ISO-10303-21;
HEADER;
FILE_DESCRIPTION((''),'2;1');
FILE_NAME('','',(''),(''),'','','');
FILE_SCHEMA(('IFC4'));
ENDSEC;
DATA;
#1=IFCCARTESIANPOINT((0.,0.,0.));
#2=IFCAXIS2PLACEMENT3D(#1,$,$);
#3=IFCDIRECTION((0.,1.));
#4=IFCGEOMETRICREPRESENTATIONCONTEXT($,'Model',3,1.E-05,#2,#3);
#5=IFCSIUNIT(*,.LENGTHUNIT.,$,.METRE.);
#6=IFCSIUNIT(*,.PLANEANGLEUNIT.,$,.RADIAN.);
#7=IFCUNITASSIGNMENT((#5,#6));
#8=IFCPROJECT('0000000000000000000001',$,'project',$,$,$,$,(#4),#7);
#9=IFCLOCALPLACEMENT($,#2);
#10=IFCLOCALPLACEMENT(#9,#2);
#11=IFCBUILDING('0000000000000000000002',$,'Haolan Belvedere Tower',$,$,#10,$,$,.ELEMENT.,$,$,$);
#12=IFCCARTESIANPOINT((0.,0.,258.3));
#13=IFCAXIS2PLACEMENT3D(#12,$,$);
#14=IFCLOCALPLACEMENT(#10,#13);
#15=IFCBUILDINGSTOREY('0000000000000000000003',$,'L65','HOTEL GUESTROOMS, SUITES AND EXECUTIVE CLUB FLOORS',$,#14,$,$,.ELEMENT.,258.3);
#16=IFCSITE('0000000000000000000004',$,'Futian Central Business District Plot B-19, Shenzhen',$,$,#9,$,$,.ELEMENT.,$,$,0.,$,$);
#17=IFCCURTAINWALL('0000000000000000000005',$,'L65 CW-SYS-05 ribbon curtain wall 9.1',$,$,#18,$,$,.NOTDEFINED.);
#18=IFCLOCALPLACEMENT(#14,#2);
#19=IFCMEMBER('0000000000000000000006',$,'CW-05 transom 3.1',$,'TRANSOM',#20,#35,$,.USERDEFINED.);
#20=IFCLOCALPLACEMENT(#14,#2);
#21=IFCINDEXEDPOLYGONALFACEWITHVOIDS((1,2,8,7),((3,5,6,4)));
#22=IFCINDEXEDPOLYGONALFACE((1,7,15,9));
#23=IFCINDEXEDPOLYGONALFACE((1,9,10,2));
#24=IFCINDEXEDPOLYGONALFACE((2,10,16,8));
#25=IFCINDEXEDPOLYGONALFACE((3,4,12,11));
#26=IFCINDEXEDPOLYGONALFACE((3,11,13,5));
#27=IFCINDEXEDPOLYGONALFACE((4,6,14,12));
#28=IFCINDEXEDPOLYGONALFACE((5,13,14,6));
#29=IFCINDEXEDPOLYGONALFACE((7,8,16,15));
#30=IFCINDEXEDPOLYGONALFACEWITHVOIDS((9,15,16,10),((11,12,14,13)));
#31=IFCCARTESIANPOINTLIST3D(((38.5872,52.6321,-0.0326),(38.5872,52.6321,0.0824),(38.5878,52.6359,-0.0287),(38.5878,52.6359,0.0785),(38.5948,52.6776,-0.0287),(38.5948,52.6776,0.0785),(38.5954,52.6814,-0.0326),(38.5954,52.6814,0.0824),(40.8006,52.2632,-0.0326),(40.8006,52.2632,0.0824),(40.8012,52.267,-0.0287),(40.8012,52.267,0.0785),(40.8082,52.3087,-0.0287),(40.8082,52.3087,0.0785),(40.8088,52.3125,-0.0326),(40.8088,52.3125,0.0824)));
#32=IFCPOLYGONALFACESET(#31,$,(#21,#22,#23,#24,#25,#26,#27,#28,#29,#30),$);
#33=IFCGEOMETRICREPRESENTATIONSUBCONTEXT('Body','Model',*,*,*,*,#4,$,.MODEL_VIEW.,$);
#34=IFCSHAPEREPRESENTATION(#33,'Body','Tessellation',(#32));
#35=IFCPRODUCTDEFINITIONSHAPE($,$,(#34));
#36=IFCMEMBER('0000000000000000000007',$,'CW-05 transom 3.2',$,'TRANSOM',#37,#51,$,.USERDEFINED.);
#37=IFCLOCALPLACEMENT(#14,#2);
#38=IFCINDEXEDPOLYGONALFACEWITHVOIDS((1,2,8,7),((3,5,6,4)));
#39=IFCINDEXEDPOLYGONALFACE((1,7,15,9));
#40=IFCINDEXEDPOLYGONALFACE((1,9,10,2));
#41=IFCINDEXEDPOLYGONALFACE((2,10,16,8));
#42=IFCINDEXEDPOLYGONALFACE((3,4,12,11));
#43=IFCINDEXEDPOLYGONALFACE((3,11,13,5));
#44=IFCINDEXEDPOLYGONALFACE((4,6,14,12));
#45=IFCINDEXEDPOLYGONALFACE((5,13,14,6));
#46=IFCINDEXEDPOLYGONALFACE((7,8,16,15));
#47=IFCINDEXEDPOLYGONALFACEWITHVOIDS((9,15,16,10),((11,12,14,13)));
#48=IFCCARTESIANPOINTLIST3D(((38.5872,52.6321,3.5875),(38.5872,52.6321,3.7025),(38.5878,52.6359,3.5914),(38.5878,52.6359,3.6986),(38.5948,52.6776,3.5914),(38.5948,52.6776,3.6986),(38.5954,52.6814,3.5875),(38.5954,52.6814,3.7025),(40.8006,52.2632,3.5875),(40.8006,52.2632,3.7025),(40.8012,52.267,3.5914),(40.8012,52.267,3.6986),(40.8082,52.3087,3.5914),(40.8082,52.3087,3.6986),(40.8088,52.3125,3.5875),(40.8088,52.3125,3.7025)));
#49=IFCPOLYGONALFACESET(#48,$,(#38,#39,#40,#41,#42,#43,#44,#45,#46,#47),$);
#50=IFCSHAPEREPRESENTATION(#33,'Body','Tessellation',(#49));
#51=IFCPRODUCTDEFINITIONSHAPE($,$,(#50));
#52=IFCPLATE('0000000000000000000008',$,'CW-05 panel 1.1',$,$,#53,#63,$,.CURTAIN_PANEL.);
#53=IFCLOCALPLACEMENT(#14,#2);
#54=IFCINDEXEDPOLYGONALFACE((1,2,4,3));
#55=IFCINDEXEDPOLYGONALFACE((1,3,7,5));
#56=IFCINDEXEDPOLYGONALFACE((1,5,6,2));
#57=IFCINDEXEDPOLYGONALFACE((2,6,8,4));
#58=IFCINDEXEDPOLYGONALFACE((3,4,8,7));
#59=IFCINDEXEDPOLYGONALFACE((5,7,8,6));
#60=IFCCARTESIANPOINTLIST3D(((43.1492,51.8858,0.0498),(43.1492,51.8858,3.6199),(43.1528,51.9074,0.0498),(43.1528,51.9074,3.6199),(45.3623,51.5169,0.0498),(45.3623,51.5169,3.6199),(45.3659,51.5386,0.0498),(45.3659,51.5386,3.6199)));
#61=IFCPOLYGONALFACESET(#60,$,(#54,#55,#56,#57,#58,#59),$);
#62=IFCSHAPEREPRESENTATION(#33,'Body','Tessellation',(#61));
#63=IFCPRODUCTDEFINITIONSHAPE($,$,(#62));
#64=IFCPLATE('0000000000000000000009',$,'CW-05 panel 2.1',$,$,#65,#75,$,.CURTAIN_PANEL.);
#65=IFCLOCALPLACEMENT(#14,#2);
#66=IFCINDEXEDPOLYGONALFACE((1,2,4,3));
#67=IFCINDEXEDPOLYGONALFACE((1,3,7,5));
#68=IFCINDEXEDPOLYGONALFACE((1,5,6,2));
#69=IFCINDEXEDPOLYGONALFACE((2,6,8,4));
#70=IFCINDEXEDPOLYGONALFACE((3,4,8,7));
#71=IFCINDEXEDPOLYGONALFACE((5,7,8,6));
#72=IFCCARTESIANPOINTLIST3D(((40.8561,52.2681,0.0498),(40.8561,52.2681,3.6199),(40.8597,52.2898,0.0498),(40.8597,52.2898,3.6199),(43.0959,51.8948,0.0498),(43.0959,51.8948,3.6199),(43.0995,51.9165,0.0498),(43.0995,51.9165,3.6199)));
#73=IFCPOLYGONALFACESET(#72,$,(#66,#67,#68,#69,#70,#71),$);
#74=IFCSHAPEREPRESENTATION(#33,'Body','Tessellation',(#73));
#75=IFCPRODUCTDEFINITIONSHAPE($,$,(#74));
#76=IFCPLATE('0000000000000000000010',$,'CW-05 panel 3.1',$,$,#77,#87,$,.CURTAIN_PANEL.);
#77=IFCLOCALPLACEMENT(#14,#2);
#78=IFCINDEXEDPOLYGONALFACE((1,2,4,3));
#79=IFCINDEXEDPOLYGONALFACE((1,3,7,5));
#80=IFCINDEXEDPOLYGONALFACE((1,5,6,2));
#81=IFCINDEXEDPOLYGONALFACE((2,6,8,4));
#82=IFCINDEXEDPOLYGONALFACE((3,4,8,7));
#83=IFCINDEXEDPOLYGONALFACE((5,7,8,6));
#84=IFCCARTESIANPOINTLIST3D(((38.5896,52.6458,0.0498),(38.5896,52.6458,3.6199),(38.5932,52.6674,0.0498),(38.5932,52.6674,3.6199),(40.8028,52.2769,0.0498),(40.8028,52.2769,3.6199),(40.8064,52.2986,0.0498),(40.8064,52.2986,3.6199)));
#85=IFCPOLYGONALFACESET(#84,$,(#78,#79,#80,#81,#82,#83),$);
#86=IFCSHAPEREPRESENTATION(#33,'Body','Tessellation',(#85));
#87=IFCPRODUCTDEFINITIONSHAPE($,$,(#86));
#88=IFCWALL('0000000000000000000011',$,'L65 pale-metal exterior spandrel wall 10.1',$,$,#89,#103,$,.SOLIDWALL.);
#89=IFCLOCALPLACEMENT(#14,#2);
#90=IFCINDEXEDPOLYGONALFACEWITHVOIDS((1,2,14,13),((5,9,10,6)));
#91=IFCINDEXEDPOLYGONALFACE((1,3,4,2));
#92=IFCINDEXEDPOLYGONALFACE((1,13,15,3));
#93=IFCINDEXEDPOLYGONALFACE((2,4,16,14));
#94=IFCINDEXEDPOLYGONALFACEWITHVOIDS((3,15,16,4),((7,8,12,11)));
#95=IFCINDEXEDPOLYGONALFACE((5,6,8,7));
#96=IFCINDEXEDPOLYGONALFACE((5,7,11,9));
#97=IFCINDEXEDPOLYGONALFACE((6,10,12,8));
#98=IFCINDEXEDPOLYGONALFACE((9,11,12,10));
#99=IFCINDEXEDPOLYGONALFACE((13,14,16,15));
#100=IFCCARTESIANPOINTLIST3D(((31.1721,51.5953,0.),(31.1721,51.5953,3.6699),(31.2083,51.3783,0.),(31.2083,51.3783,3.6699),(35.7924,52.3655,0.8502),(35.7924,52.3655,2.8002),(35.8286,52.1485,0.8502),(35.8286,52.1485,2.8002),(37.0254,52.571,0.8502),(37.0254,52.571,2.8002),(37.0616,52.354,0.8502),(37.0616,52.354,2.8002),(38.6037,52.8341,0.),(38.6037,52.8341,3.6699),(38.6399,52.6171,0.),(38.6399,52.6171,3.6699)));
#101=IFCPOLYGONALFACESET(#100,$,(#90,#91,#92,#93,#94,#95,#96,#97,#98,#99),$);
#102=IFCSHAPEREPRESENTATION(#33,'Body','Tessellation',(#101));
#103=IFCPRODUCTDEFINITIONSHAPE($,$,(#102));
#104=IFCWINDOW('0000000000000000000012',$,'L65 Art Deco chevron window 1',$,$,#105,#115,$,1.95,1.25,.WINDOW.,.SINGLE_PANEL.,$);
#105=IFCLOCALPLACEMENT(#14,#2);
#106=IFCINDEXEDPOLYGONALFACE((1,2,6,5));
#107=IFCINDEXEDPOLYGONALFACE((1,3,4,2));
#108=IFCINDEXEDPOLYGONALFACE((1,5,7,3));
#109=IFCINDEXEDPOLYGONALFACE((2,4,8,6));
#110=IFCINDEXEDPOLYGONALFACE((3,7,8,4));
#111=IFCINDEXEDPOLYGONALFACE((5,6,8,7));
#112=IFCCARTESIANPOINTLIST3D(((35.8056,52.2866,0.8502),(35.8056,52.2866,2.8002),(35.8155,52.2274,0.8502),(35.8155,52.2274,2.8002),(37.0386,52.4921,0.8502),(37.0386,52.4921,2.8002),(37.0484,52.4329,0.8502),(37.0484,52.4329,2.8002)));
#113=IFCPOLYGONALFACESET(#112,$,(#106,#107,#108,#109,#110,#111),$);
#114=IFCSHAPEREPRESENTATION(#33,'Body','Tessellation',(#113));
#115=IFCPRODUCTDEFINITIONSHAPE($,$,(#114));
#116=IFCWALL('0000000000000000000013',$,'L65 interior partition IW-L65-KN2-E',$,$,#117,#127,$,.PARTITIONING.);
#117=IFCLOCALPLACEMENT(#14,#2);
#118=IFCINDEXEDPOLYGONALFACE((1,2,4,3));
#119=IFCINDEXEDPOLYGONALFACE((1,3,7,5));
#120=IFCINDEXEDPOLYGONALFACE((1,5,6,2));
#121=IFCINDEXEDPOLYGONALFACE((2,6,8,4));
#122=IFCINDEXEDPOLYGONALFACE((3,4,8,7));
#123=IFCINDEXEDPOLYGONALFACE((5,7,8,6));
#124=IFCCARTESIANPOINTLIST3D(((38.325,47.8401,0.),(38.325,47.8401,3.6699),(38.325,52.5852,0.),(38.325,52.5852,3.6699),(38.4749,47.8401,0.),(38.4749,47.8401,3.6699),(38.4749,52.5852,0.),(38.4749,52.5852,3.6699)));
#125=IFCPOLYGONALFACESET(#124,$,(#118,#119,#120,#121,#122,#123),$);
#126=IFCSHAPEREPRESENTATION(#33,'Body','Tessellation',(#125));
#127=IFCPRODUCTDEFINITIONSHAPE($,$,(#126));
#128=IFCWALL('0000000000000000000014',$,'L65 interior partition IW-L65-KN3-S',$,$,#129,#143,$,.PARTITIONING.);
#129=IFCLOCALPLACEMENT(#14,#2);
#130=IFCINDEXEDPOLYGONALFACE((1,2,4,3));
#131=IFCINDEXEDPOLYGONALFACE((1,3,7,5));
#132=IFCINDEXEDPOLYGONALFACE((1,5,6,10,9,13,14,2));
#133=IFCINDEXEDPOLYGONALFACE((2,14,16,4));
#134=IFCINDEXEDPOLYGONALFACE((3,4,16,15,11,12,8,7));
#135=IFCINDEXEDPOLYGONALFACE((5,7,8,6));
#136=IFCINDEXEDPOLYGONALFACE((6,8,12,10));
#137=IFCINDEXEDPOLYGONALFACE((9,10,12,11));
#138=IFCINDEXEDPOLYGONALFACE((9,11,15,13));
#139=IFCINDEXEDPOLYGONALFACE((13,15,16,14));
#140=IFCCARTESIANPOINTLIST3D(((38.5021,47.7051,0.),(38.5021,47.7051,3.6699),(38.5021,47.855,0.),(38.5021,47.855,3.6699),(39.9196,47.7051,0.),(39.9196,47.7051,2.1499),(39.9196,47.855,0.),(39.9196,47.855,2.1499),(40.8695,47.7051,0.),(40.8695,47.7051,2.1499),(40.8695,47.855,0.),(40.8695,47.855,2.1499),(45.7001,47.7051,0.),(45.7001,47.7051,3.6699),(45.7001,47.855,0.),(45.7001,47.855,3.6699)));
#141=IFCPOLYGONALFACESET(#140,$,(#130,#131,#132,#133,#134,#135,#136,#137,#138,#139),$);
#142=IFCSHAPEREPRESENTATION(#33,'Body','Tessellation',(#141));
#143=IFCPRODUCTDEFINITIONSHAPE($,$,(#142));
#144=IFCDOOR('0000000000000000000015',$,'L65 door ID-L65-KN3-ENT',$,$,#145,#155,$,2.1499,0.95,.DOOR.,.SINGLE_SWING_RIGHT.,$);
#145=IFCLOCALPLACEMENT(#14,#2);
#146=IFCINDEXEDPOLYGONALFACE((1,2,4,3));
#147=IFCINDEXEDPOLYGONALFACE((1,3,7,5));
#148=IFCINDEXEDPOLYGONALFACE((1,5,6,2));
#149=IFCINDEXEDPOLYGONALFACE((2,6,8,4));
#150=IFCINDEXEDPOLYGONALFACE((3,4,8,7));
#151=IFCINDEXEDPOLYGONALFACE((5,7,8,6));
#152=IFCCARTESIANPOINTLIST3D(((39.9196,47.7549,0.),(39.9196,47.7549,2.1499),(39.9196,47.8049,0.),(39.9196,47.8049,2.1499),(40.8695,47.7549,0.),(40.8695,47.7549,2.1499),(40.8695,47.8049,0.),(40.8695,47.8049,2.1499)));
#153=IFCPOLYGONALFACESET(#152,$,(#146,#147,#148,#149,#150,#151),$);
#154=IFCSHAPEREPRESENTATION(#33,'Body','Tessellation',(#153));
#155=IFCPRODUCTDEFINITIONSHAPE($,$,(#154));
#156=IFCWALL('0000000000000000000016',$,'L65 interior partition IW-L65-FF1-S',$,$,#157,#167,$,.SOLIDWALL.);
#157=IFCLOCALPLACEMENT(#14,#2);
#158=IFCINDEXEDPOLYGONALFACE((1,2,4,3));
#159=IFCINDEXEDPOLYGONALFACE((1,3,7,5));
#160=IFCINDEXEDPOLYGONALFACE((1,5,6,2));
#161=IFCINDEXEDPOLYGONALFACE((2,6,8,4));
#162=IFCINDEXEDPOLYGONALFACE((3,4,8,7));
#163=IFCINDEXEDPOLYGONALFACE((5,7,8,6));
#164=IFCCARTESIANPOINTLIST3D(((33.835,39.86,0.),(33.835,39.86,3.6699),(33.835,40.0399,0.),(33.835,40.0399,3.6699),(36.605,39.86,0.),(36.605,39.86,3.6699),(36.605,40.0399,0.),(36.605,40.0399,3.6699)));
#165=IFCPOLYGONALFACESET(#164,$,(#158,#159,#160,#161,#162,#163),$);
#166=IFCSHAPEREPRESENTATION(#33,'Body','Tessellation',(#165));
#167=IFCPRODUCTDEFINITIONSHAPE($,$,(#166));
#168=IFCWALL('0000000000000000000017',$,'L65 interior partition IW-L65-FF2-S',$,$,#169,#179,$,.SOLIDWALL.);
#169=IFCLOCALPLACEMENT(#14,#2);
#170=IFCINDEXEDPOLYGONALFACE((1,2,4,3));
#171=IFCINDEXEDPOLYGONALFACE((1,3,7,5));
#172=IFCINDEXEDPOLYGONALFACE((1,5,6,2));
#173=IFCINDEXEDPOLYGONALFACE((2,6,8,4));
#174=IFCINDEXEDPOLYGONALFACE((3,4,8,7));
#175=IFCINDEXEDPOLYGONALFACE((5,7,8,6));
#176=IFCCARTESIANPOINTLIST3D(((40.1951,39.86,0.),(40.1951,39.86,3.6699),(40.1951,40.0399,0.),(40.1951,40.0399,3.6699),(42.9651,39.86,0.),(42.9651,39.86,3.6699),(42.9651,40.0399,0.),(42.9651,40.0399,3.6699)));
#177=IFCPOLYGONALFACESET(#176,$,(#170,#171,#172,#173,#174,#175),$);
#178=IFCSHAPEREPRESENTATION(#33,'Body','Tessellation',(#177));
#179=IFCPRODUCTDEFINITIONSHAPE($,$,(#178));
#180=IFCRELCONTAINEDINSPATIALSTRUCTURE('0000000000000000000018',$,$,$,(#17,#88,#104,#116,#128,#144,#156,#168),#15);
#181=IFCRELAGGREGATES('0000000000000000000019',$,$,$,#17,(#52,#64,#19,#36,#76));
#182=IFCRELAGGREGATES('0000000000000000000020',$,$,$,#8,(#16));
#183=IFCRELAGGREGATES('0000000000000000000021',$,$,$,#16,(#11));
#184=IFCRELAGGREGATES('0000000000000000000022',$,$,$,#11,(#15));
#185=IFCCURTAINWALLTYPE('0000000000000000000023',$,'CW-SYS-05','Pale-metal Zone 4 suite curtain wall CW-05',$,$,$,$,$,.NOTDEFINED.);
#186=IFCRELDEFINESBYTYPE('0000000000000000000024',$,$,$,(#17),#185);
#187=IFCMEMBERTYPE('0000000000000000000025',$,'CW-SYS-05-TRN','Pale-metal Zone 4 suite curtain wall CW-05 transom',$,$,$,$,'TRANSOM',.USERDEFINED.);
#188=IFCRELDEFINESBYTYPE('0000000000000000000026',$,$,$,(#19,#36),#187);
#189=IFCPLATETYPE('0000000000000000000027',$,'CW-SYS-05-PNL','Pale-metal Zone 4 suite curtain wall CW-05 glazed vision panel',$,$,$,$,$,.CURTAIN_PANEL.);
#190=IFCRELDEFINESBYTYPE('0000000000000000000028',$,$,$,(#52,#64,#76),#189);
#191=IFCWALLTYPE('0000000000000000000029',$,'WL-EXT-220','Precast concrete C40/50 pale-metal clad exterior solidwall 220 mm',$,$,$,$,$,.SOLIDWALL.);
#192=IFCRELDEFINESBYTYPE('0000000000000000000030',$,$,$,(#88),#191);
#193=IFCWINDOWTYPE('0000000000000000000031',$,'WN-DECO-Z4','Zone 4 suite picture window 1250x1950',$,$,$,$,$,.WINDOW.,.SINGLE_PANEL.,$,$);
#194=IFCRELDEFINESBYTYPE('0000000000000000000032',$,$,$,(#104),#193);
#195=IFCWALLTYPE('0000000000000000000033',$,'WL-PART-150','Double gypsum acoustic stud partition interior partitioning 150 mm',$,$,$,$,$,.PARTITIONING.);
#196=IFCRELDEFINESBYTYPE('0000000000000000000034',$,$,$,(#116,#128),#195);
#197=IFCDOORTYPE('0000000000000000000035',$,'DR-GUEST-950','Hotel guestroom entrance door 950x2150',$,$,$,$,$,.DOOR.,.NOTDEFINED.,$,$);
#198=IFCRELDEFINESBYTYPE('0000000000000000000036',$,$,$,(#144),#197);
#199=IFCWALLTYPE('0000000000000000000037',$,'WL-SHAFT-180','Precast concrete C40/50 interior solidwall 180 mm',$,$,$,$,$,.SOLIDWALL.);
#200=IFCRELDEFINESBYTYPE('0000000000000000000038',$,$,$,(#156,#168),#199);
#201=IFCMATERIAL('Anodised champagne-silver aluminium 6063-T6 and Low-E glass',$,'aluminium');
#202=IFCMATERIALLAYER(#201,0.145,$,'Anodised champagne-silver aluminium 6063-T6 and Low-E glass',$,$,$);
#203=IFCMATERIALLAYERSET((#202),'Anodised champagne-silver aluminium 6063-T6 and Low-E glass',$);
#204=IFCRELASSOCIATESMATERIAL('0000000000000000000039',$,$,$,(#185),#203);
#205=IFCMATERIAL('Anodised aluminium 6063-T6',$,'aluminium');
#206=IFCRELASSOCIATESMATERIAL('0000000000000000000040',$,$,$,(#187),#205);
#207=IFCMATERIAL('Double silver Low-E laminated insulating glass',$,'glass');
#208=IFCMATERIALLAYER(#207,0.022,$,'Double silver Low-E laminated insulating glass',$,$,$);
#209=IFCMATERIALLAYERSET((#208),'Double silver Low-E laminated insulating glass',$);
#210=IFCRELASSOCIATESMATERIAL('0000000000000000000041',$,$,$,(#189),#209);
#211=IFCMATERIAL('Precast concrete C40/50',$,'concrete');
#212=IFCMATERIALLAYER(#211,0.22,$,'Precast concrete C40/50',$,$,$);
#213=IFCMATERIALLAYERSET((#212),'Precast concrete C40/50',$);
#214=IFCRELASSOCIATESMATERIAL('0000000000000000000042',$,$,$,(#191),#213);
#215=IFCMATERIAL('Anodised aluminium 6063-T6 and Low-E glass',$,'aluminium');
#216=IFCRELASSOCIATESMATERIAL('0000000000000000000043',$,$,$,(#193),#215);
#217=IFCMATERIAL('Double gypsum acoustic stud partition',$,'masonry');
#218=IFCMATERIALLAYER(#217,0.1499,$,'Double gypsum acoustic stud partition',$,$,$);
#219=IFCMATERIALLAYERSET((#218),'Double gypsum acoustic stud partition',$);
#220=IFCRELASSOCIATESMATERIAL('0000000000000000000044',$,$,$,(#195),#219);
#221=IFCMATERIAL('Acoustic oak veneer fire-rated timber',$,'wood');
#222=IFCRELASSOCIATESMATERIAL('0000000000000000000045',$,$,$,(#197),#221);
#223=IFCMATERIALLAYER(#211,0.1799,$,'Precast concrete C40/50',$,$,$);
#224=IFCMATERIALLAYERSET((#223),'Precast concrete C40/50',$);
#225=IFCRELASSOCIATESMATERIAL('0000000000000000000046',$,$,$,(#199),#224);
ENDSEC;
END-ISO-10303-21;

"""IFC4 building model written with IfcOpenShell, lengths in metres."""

from ifc_helpers import new_model, si_unit, direction, frame, frame_2d, origin, origin_2d, place, context, subcontext, project, spatial, rectangle, hollow_rectangle, extrude, material, layer, layer_set, material_profile, profile_set, type_object, element, fill, aggregate, save


model = new_model("IFC4")

# Units and contexts
model_context = context("Model", 3, precision=1e-05, world=origin(), true_north=direction((0.0, 1.0)))
body_context = subcontext(model_context, "Body", "Model", "MODEL_VIEW")
ifc_project = project(units=[si_unit("LENGTHUNIT", "METRE"), si_unit("PLANEANGLEUNIT", "RADIAN")], contexts=[model_context])

# Site, building, storey
site_placement = place(None, origin())
site = spatial("IfcSite", under=ifc_project, at=site_placement, Name="Futian Central Business District Plot B-19, Shenzhen", CompositionType="ELEMENT", RefElevation=0.0)
building_placement = place(site_placement, origin())
building = spatial("IfcBuilding", under=site, at=building_placement, Name="Haolan Belvedere Tower", CompositionType="ELEMENT")
storey_placement = place(building_placement, frame((0.0, 0.0, 258.3)))
storey = spatial("IfcBuildingStorey", under=building, at=storey_placement, Name="L65", Description="HOTEL GUESTROOMS, SUITES AND EXECUTIVE CLUB FLOORS", CompositionType="ELEMENT", Elevation=258.3)

# Curtain wall, members, plates
ifc_material_1 = material(Name="Anodised champagne-silver aluminium 6063-T6 and Low-E glass", Category="aluminium")
ifc_layer_1 = layer(ifc_material_1, 0.145, Name="Anodised champagne-silver aluminium 6063-T6 and Low-E glass")
ifc_layer_set_1 = layer_set([ifc_layer_1], Name="Anodised champagne-silver aluminium 6063-T6 and Low-E glass")
curtain_wall_type = type_object("IfcCurtainWallType", Name="CW-SYS-05", Description="Pale-metal Zone 4 suite curtain wall CW-05", PredefinedType="NOTDEFINED", material=ifc_layer_set_1)
curtain_wall_placement = place(storey_placement, origin())
curtain_wall = element("IfcCurtainWall", 1, at=curtain_wall_placement, inside=storey, type_object=curtain_wall_type, Name="L65 CW-SYS-05 ribbon curtain wall 9.1", PredefinedType="NOTDEFINED")
ifc_material_2 = material(Name="Anodised aluminium 6063-T6", Category="aluminium")
ifc_material_profile_1 = material_profile(ifc_material_2, hollow_rectangle(XDim=0.05, YDim=0.115, WallThickness=0.0039, at=origin_2d()), Name="Anodised aluminium 6063-T6")
ifc_profile_set_1 = profile_set([ifc_material_profile_1], Name="Anodised aluminium 6063-T6")
member_type_1 = type_object("IfcMemberType", Name="CW-SYS-05-TRN", Description="Pale-metal Zone 4 suite curtain wall CW-05 transom", ElementType="TRANSOM", PredefinedType="USERDEFINED", material=ifc_profile_set_1)
member_1_placement = place(storey_placement, frame((40.8047, 52.2878, 0.0249), z_axis=(-0.986394, 0.164399, 0.0), x_axis=(-0.164399, -0.986394, 0.0)))
member_1 = element("IfcMember", 2, at=member_1_placement, type_object=member_type_1, Name="CW-05 transom 3.1", ObjectType="TRANSOM", PredefinedType="USERDEFINED", context=body_context, shape_type="SweptSolid", body=[
    extrude(hollow_rectangle(XDim=0.05, YDim=0.115, WallThickness=0.0039, at=origin_2d()), origin(), (0.0, 0.0, 1.0), 2.2439),
])
member_2_placement = place(storey_placement, frame((40.8047, 52.2878, 3.645), z_axis=(-0.986394, 0.164399, 0.0), x_axis=(-0.164399, -0.986394, 0.0)))
member_2 = element("IfcMember", 3, at=member_2_placement, type_object=member_type_1, Name="CW-05 transom 3.2", ObjectType="TRANSOM", PredefinedType="USERDEFINED", context=body_context, shape_type="SweptSolid", body=[
    extrude(hollow_rectangle(XDim=0.05, YDim=0.115, WallThickness=0.0039, at=origin_2d()), origin(), (0.0, 0.0, 1.0), 2.2439),
])
ifc_material_3 = material(Name="Double silver Low-E laminated insulating glass", Category="glass")
ifc_layer_2 = layer(ifc_material_3, 0.022, Name="Double silver Low-E laminated insulating glass")
ifc_layer_set_2 = layer_set([ifc_layer_2], Name="Double silver Low-E laminated insulating glass")
plate_type = type_object("IfcPlateType", Name="CW-SYS-05-PNL", Description="Pale-metal Zone 4 suite curtain wall CW-05 glazed vision panel", PredefinedType="CURTAIN_PANEL", material=ifc_layer_set_2)
plate_1_placement = place(storey_placement, frame((44.2576, 51.7122, 0.0498), z_axis=(0.0, 0.0, 1.0), x_axis=(-0.986393, 0.164406, 0.0)))
plate_1 = element("IfcPlate", 4, at=plate_1_placement, type_object=plate_type, Name="CW-05 panel 1.1", PredefinedType="CURTAIN_PANEL", context=body_context, shape_type="SweptSolid", body=[
    extrude(rectangle(XDim=2.2437, YDim=0.022, at=origin_2d()), origin(), (0.0, 0.0, 1.0), 3.5701),
])
plate_2_placement = place(storey_placement, frame((41.9778, 52.0923, 0.0498), z_axis=(0.0, 0.0, 1.0), x_axis=(-0.986393, 0.164406, 0.0)))
plate_2 = element("IfcPlate", 5, at=plate_2_placement, type_object=plate_type, Name="CW-05 panel 2.1", PredefinedType="CURTAIN_PANEL", context=body_context, shape_type="SweptSolid", body=[
    extrude(rectangle(XDim=2.2708, YDim=0.022, at=origin_2d()), origin(), (0.0, 0.0, 1.0), 3.5701),
])
plate_3_placement = place(storey_placement, frame((39.698, 52.4722, 0.0498), z_axis=(0.0, 0.0, 1.0), x_axis=(-0.986393, 0.164406, 0.0)))
plate_3 = element("IfcPlate", 6, at=plate_3_placement, type_object=plate_type, Name="CW-05 panel 3.1", PredefinedType="CURTAIN_PANEL", context=body_context, shape_type="SweptSolid", body=[
    extrude(rectangle(XDim=2.2437, YDim=0.022, at=origin_2d()), origin(), (0.0, 0.0, 1.0), 3.5701),
])
aggregate(curtain_wall, [plate_1, plate_2, member_1, member_2, plate_3])

# Wall, opening, window
ifc_material_4 = material(Name="Precast concrete C40/50", Category="concrete")
ifc_layer_3 = layer(ifc_material_4, 0.22, Name="Precast concrete C40/50")
ifc_layer_set_3 = layer_set([ifc_layer_3], Name="Precast concrete C40/50")
wall_type_1 = type_object("IfcWallType", Name="WL-EXT-220", Description="Precast concrete C40/50 pale-metal clad exterior solidwall 220 mm", PredefinedType="SOLIDWALL", material=ifc_layer_set_3)
wall_1_placement = place(storey_placement, frame((38.6218, 52.7256, 0.0), z_axis=(0.0, 0.0, 1.0), x_axis=(-0.98639, -0.16442, 0.0)))
wall_1 = element("IfcWall", 7, at=wall_1_placement, inside=storey, type_object=wall_type_1, Name="L65 pale-metal exterior spandrel wall 10.1", PredefinedType="SOLIDWALL", context=body_context, shape_type="SweptSolid", body=[
    extrude(rectangle(XDim=7.5342, YDim=0.22, at=frame_2d((3.7671, 0.0))), origin(), (0.0, 0.0, 1.0), 3.6699),
])
opening_1_placement = place(wall_1_placement, frame((1.6001, 0.0, 0.8501)))
opening_1 = element("IfcOpeningElement", 8, at=opening_1_placement, cuts=wall_1, PredefinedType="OPENING", context=body_context, shape_type="SweptSolid", body=[
    extrude(rectangle(XDim=1.25, YDim=1.95, at=frame_2d((0.625, 0.9751))), frame((0.0, 0.1199, 0.0), z_axis=(0.0, -1.0, 0.0), x_axis=(1.0, 0.0, 0.0)), (0.0, 0.0, 1.0), 0.24),
])
ifc_material_5 = material(Name="Anodised aluminium 6063-T6 and Low-E glass", Category="aluminium")
window_type = type_object("IfcWindowType", Name="WN-DECO-Z4", Description="Zone 4 suite picture window 1250x1950", PartitioningType="SINGLE_PANEL", PredefinedType="WINDOW", material=ifc_material_5)
window_placement = place(opening_1_placement, origin())
window = element("IfcWindow", 9, at=window_placement, inside=storey, type_object=window_type, Name="L65 Art Deco chevron window 1", OverallHeight=1.95, OverallWidth=1.25, PartitioningType="SINGLE_PANEL", PredefinedType="WINDOW", context=body_context, shape_type="SweptSolid", body=[
    extrude(rectangle(XDim=1.25, YDim=1.95, at=frame_2d((0.625, 0.9751))), frame((0.0, 0.03, 0.0), z_axis=(0.0, -1.0, 0.0), x_axis=(1.0, 0.0, 0.0)), (0.0, 0.0, 1.0), 0.0601),
])
fill(opening_1, window)

# Wall
ifc_material_6 = material(Name="Double gypsum acoustic stud partition", Category="masonry")
ifc_layer_4 = layer(ifc_material_6, 0.1499, Name="Double gypsum acoustic stud partition")
ifc_layer_set_4 = layer_set([ifc_layer_4], Name="Double gypsum acoustic stud partition")
wall_type_2 = type_object("IfcWallType", Name="WL-PART-150", Description="Double gypsum acoustic stud partition interior partitioning 150 mm", PredefinedType="PARTITIONING", material=ifc_layer_set_4)
wall_2_placement = place(storey_placement, frame((38.3999, 47.8401, 0.0), z_axis=(0.0, 0.0, 1.0), x_axis=(0.0, 1.0, 0.0)))
element("IfcWall", 10, at=wall_2_placement, inside=storey, type_object=wall_type_2, Name="L65 interior partition IW-L65-KN2-E", PredefinedType="PARTITIONING", context=body_context, shape_type="SweptSolid", body=[
    extrude(rectangle(XDim=4.7451, YDim=0.1499, at=frame_2d((2.3726, 0.0))), origin(), (0.0, 0.0, 1.0), 3.6699),
])

# Wall, opening, door
wall_3_placement = place(storey_placement, frame((38.502, 47.78, 0.0), z_axis=(0.0, 0.0, 1.0), x_axis=(1.0, 0.0, 0.0)))
wall_3 = element("IfcWall", 11, at=wall_3_placement, inside=storey, type_object=wall_type_2, Name="L65 interior partition IW-L65-KN3-S", PredefinedType="PARTITIONING", context=body_context, shape_type="SweptSolid", body=[
    extrude(rectangle(XDim=7.198, YDim=0.1499, at=frame_2d((3.5991, 0.0))), origin(), (0.0, 0.0, 1.0), 3.6699),
])
opening_2_placement = place(wall_3_placement, frame((1.4175, 0.0, 0.0)))
opening_2 = element("IfcOpeningElement", 12, at=opening_2_placement, cuts=wall_3, PredefinedType="OPENING", context=body_context, shape_type="SweptSolid", body=[
    extrude(rectangle(XDim=0.95, YDim=2.1499, at=frame_2d((0.4751, 1.075))), frame((0.0, 0.085, 0.0), z_axis=(0.0, -1.0, 0.0), x_axis=(1.0, 0.0, 0.0)), (0.0, 0.0, 1.0), 0.1699),
])
ifc_material_7 = material(Name="Acoustic oak veneer fire-rated timber", Category="wood")
door_type_1 = type_object("IfcDoorType", Name="DR-GUEST-950", Description="Hotel guestroom entrance door 950x2150", OperationType="NOTDEFINED", PredefinedType="DOOR", material=ifc_material_7)
door_1_placement = place(opening_2_placement, origin())
door_1 = element("IfcDoor", 13, at=door_1_placement, inside=storey, type_object=door_type_1, Name="L65 door ID-L65-KN3-ENT", OperationType="SINGLE_SWING_RIGHT", OverallHeight=2.1499, OverallWidth=0.95, PredefinedType="DOOR", context=body_context, shape_type="SweptSolid", body=[
    extrude(rectangle(XDim=0.95, YDim=2.1499, at=frame_2d((0.4751, 1.075))), frame((0.0, 0.0249, 0.0), z_axis=(0.0, -1.0, 0.0), x_axis=(1.0, 0.0, 0.0)), (0.0, 0.0, 1.0), 0.05),
])
fill(opening_2, door_1)

# Walls
ifc_layer_5 = layer(ifc_material_4, 0.1799, Name="Precast concrete C40/50")
ifc_layer_set_5 = layer_set([ifc_layer_5], Name="Precast concrete C40/50")
wall_type_3 = type_object("IfcWallType", Name="WL-SHAFT-180", Description="Precast concrete C40/50 interior solidwall 180 mm", PredefinedType="SOLIDWALL", material=ifc_layer_set_5)
for number, where, z_axis, x_axis, name in (
    (14, (33.835, 39.95, 0.0), (0.0, 0.0, 1.0), (1.0, 0.0, 0.0), "L65 interior partition IW-L65-FF1-S"),
    (15, (40.1951, 39.95, 0.0), (0.0, 0.0, 1.0), (1.0, 0.0, 0.0), "L65 interior partition IW-L65-FF2-S"),
):
    element("IfcWall", number, at=place(storey_placement, frame(where, z_axis=z_axis, x_axis=x_axis)), inside=storey, type_object=wall_type_3, Name=name, PredefinedType="SOLIDWALL", context=body_context, shape_type="SweptSolid", body=[
        extrude(rectangle(XDim=2.77, YDim=0.1799, at=frame_2d((1.385, 0.0))), origin(), (0.0, 0.0, 1.0), 3.6699),
    ])

save(model, "model.ifc")
